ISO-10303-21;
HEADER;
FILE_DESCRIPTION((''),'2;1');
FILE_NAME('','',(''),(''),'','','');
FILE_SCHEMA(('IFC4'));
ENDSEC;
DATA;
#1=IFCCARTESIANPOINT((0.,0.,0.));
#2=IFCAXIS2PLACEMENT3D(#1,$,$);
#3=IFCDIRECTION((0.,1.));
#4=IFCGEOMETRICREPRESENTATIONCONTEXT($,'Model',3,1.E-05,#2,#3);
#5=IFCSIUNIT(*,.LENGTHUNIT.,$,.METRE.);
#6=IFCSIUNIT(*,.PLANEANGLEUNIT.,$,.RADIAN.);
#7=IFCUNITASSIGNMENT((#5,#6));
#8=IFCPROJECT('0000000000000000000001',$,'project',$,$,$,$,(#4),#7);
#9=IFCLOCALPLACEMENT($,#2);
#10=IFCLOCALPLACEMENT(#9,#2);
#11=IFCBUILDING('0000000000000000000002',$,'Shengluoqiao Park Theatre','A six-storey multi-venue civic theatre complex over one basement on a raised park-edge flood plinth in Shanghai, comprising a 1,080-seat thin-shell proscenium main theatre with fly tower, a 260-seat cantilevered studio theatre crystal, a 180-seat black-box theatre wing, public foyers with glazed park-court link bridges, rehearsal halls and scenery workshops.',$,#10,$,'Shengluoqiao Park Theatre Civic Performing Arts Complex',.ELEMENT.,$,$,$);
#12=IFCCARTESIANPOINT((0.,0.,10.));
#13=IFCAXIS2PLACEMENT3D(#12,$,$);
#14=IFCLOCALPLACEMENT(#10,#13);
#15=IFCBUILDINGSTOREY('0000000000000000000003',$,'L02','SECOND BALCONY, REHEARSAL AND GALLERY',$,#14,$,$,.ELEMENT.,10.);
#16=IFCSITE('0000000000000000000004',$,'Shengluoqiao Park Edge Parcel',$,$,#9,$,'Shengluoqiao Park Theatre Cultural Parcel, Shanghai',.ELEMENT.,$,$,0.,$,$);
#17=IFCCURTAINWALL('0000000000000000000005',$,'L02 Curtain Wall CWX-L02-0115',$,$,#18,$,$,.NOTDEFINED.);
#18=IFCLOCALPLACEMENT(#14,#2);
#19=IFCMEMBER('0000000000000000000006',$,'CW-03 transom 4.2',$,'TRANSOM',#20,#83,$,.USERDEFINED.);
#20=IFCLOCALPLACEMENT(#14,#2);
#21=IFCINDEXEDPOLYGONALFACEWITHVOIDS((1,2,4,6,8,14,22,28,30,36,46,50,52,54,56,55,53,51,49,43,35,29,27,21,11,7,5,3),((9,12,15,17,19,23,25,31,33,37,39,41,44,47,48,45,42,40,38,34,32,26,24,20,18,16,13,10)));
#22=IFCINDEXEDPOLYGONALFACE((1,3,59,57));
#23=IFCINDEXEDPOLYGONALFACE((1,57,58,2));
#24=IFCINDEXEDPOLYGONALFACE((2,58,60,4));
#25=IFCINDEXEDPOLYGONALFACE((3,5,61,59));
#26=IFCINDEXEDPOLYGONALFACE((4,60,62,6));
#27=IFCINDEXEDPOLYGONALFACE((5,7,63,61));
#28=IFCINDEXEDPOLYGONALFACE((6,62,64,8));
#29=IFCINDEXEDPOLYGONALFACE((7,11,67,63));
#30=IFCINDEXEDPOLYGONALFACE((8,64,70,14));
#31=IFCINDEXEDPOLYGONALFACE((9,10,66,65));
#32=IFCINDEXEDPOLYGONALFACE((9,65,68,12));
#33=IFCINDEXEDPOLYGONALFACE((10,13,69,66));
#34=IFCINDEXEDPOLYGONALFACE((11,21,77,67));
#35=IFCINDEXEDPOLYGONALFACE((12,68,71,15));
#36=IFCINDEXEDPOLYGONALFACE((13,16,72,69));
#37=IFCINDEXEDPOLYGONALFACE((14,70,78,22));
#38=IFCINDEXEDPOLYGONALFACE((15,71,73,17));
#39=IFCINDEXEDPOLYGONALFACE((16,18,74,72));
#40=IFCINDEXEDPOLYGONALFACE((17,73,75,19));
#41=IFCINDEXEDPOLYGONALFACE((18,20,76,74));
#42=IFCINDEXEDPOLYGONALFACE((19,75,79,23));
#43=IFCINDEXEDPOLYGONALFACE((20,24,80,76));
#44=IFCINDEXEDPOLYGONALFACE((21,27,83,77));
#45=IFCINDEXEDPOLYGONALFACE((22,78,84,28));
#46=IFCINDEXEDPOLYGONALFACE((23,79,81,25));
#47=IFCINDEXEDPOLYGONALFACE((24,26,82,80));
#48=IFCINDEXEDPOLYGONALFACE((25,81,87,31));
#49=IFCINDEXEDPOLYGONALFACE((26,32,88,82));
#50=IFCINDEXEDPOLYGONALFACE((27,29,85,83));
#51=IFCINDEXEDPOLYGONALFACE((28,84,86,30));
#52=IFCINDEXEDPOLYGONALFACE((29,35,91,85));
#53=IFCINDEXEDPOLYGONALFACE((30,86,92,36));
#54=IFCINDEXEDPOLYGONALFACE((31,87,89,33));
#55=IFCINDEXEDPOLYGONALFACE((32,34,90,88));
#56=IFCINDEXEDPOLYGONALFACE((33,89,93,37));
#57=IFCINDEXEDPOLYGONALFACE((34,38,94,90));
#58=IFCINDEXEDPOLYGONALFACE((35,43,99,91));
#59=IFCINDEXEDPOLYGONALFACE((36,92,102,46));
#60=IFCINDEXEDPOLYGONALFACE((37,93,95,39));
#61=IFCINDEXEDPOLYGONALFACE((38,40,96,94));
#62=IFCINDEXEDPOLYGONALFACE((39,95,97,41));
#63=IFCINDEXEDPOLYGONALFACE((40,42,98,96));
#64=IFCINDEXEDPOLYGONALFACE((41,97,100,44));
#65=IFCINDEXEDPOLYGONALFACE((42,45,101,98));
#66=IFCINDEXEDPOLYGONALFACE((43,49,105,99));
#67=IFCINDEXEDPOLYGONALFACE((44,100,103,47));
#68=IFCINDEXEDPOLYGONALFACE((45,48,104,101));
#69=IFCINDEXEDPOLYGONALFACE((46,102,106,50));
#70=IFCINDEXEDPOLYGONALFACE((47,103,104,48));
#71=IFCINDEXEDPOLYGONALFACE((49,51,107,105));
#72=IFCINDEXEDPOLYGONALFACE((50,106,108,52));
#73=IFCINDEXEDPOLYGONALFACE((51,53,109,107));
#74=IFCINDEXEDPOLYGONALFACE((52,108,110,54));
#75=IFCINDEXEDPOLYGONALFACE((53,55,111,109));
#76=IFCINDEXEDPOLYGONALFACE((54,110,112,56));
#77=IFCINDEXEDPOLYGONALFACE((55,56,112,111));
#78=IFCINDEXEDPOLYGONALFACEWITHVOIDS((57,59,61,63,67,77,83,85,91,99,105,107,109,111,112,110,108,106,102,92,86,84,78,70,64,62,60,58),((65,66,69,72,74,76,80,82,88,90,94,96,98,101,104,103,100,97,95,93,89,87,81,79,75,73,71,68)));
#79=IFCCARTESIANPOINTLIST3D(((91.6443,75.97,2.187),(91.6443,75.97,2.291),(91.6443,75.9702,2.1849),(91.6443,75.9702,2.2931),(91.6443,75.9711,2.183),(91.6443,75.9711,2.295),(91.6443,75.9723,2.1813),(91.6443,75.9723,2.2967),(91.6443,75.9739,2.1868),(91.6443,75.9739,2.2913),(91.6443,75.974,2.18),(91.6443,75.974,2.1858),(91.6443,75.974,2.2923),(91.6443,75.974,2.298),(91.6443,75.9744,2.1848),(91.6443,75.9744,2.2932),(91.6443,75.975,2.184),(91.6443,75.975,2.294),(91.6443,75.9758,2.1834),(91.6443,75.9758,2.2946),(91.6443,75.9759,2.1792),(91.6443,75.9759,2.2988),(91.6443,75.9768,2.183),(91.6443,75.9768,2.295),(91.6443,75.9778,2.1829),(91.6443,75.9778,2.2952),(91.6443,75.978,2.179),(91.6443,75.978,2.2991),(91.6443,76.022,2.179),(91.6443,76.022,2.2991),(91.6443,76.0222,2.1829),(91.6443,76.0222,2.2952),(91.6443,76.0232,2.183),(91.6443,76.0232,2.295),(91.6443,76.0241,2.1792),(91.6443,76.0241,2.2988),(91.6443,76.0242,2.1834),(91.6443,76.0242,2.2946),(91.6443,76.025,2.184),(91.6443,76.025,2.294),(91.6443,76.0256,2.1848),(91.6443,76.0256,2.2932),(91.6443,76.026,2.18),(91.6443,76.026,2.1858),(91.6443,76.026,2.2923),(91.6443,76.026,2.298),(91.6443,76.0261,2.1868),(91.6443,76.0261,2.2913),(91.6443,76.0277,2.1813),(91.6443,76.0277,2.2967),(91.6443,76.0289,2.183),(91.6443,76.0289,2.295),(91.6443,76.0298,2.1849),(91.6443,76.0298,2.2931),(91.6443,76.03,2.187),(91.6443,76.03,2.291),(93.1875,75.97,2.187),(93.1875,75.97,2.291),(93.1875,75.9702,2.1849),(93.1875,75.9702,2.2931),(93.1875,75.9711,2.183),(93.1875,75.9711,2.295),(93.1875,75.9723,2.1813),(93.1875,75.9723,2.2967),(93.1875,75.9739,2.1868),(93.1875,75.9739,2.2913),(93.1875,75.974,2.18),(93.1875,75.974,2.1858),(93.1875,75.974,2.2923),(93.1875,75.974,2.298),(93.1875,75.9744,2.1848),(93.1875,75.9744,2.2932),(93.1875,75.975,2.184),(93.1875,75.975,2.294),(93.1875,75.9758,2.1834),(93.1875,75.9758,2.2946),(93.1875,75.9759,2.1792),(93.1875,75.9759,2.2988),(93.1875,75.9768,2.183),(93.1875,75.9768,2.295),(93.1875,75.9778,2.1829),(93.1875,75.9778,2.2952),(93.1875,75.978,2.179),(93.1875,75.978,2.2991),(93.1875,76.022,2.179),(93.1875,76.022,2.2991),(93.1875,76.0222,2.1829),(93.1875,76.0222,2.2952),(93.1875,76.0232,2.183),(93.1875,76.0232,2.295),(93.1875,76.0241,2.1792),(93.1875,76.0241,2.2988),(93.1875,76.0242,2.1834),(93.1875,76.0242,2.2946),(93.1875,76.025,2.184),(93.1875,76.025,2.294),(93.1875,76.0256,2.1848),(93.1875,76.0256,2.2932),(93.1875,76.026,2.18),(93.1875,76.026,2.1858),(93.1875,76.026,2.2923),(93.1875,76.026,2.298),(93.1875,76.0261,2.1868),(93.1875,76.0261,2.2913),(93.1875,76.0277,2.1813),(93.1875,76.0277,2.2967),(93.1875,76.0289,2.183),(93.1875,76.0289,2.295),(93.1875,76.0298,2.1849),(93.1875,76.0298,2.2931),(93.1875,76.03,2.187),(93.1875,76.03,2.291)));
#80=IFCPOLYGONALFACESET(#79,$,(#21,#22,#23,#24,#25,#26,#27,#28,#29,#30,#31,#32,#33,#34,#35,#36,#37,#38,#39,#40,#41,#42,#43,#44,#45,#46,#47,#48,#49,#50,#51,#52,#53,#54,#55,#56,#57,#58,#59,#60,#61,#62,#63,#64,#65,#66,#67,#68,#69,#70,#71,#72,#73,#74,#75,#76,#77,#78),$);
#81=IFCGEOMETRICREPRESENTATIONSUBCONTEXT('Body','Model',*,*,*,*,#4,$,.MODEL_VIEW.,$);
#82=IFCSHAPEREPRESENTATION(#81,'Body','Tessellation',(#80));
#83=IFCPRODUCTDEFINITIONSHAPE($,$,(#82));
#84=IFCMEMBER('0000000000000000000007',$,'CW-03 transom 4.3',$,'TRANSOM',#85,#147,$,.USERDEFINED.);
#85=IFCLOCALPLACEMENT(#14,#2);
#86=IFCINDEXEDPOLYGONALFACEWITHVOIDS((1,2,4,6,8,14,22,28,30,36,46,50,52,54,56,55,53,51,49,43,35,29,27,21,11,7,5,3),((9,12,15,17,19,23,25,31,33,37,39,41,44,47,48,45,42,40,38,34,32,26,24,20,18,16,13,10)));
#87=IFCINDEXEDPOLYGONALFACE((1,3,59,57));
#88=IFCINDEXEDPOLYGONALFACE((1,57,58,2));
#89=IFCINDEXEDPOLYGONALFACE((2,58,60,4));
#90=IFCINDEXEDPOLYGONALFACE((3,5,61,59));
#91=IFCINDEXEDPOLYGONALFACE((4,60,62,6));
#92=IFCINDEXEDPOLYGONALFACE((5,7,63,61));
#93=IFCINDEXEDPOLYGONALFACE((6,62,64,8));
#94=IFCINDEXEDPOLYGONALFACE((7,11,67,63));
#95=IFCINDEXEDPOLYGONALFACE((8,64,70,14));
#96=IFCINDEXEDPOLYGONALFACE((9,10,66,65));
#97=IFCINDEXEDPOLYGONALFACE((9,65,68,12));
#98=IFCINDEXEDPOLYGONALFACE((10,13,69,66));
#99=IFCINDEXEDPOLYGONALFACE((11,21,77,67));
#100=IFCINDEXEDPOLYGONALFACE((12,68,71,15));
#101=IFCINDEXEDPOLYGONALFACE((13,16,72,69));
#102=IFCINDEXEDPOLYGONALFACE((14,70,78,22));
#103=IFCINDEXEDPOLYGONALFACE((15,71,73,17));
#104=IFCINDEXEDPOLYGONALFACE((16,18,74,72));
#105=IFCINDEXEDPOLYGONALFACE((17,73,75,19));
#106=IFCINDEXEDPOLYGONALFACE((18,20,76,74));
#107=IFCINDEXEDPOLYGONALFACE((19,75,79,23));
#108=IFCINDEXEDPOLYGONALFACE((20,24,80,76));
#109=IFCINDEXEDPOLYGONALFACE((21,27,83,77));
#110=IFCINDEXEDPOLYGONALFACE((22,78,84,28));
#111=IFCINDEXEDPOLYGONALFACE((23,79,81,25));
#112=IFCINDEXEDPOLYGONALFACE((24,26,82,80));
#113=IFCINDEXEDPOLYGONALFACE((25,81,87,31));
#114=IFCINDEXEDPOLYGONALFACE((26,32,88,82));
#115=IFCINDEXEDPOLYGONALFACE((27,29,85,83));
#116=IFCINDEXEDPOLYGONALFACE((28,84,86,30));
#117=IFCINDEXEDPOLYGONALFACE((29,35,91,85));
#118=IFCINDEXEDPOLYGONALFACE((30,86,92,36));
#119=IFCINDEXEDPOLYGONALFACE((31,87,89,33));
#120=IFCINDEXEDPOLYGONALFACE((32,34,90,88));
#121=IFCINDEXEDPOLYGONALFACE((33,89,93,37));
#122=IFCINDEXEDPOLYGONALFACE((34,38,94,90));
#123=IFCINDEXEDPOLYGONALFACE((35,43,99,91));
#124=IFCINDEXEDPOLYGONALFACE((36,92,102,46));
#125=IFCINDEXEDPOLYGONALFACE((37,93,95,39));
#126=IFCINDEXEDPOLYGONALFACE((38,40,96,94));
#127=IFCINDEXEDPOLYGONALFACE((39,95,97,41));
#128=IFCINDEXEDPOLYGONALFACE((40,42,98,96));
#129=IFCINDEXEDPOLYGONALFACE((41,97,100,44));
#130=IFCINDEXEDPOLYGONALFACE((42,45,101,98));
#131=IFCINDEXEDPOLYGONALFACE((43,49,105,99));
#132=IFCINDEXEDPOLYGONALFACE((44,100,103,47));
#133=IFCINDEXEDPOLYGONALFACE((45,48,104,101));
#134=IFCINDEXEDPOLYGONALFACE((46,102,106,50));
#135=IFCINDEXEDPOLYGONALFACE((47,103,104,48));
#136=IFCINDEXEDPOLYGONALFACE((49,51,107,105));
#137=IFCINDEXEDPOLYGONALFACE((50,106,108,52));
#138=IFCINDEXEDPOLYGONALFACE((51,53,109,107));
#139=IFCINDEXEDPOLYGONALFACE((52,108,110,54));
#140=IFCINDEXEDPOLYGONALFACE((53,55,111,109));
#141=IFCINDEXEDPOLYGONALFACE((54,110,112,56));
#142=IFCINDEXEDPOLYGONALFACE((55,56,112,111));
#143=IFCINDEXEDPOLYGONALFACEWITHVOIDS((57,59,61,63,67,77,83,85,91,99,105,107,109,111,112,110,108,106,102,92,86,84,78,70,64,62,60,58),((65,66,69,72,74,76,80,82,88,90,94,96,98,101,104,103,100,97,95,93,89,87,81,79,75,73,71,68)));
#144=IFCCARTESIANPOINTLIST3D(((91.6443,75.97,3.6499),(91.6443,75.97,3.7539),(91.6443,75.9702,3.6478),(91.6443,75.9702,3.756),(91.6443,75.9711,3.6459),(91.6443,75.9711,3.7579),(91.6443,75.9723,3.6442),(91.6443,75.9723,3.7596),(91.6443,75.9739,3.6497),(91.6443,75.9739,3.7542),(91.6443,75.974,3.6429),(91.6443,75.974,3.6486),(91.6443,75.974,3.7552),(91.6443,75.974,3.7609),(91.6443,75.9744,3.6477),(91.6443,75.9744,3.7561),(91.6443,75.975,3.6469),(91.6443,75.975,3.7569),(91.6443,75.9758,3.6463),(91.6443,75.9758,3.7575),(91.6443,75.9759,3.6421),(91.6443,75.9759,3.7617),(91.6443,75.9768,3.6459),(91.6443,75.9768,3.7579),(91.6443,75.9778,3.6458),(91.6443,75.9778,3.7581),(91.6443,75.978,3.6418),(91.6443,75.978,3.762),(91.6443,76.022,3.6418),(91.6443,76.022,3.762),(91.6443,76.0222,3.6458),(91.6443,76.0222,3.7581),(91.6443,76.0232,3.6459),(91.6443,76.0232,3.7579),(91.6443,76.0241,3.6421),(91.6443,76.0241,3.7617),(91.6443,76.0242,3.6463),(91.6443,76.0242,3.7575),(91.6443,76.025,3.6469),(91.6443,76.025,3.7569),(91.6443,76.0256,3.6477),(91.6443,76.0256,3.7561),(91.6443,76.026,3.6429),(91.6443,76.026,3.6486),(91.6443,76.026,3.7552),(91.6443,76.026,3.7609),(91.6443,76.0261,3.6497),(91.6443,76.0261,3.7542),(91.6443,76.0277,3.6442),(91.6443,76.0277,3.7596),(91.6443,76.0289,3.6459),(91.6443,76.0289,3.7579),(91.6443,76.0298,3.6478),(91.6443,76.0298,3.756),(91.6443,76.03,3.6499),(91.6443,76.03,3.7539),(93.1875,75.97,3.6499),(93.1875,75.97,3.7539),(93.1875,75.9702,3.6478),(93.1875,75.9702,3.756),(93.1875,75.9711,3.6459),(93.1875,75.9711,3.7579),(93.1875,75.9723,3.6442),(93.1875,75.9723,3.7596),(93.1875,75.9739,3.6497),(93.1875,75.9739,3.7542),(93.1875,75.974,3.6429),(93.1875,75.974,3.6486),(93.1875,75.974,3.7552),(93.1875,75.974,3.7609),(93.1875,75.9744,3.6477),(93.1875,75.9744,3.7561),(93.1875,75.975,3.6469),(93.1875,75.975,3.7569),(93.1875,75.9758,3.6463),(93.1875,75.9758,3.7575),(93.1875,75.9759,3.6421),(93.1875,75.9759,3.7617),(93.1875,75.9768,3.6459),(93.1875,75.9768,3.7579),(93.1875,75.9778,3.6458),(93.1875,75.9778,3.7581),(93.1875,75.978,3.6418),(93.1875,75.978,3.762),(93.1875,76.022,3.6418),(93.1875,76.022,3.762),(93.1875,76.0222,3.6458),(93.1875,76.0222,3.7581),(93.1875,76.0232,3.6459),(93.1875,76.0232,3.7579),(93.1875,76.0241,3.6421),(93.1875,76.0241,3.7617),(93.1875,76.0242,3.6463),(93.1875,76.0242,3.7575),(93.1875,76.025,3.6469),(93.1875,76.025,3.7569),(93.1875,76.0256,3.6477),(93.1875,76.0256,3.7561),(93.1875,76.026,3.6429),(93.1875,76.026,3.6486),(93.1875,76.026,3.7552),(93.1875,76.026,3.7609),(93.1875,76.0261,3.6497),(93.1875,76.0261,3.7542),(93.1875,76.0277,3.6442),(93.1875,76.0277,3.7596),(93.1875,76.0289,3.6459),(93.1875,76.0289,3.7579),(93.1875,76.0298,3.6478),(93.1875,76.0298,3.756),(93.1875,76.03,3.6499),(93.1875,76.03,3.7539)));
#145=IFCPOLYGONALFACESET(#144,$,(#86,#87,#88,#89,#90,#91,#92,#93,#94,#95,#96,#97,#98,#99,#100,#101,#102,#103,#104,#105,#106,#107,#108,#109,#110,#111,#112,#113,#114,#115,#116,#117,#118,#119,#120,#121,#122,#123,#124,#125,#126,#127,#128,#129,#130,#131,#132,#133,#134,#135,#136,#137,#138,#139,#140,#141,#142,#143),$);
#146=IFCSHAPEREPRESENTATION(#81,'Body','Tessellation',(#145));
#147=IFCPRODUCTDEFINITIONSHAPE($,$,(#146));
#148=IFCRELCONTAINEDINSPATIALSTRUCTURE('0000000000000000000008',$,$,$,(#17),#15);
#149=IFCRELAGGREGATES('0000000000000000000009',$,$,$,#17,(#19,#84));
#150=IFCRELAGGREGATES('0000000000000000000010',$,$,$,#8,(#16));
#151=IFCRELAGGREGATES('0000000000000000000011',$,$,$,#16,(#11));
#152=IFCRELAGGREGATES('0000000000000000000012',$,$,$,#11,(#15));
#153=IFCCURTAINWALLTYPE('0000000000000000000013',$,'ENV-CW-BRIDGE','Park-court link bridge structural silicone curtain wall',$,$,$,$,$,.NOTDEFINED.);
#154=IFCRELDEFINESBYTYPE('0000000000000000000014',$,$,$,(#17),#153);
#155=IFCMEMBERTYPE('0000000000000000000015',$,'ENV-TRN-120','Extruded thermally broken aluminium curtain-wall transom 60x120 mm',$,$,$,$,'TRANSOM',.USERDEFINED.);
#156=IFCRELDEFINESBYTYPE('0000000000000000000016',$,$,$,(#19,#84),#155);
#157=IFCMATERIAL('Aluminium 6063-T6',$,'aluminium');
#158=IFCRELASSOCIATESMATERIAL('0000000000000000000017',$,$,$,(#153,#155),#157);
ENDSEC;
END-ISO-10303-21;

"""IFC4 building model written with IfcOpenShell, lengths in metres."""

from ifc_helpers import new_model, si_unit, direction, frame, origin, origin_2d, place, context, subcontext, project, spatial, hollow_rectangle, extrude, material, material_profile, profile_set, type_object, element, aggregate, save


model = new_model("IFC4")

# Units and contexts
model_context = context("Model", 3, precision=1e-05, world=origin(), true_north=direction((0.0, 1.0)))
body_context = subcontext(model_context, "Body", "Model", "MODEL_VIEW")
ifc_project = project(units=[si_unit("LENGTHUNIT", "METRE"), si_unit("PLANEANGLEUNIT", "RADIAN")], contexts=[model_context])

# Site, building, storey
site_placement = place(None, origin())
site = spatial("IfcSite", under=ifc_project, at=site_placement, Name="Shengluoqiao Park Edge Parcel", LongName="Shengluoqiao Park Theatre Cultural Parcel, Shanghai", CompositionType="ELEMENT", RefElevation=0.0)
building_placement = place(site_placement, origin())
building = spatial("IfcBuilding", under=site, at=building_placement, Name="Shengluoqiao Park Theatre", Description="A six-storey multi-venue civic theatre complex over one basement on a raised park-edge flood plinth in Shanghai, comprising a 1,080-seat thin-shell proscenium main theatre with fly tower, a 260-seat cantilevered studio theatre crystal, a 180-seat black-box theatre wing, public foyers with glazed park-court link bridges, rehearsal halls and scenery workshops.", LongName="Shengluoqiao Park Theatre Civic Performing Arts Complex", CompositionType="ELEMENT")
storey_placement = place(building_placement, frame((0.0, 0.0, 10.0)))
storey = spatial("IfcBuildingStorey", under=building, at=storey_placement, Name="L02", Description="SECOND BALCONY, REHEARSAL AND GALLERY", CompositionType="ELEMENT", Elevation=10.0)

# Curtain wall
ifc_material_1 = material(Name="Aluminium 6063-T6", Category="aluminium")
curtain_wall_type = type_object("IfcCurtainWallType", Name="ENV-CW-BRIDGE", Description="Park-court link bridge structural silicone curtain wall", PredefinedType="NOTDEFINED", material=ifc_material_1)
curtain_wall_1_placement = place(storey_placement, origin())
curtain_wall_1 = element("IfcCurtainWall", 1, at=curtain_wall_1_placement, inside=storey, type_object=curtain_wall_type, Name="L02 Curtain Wall CWX-L02-0115", PredefinedType="NOTDEFINED")

# Members
ifc_material_profile_1 = material_profile(ifc_material_1, hollow_rectangle(XDim=0.0601, YDim=0.1201, WallThickness=0.0039, InnerFilletRadius=0.0039, OuterFilletRadius=0.0081, at=origin_2d()), Name="ALU TRANSOM 120x60x4")
ifc_profile_set_1 = profile_set([ifc_material_profile_1], Name="Aluminium 6063-T6")
member_type_1 = type_object("IfcMemberType", Name="ENV-TRN-120", Description="Extruded thermally broken aluminium curtain-wall transom 60x120 mm", ElementType="TRANSOM", PredefinedType="USERDEFINED", material=ifc_profile_set_1)
member_1_placement = place(storey_placement, frame((91.6443, 76.0, 2.239), z_axis=(1.0, 0.0, 0.0), x_axis=(0.0, 1.0, 0.0)))
member_1 = element("IfcMember", 2, at=member_1_placement, type_object=member_type_1, Name="CW-03 transom 4.2", ObjectType="TRANSOM", PredefinedType="USERDEFINED", context=body_context, shape_type="SweptSolid", body=[
    extrude(hollow_rectangle(XDim=0.0601, YDim=0.1201, WallThickness=0.0039, InnerFilletRadius=0.0039, OuterFilletRadius=0.0081, at=origin_2d()), origin(), (0.0, 0.0, 1.0), 1.5432),
])
member_2_placement = place(storey_placement, frame((91.6443, 76.0, 3.7019), z_axis=(1.0, 0.0, 0.0), x_axis=(0.0, 1.0, 0.0)))
member_2 = element("IfcMember", 3, at=member_2_placement, type_object=member_type_1, Name="CW-03 transom 4.3", ObjectType="TRANSOM", PredefinedType="USERDEFINED", context=body_context, shape_type="SweptSolid", body=[
    extrude(hollow_rectangle(XDim=0.0601, YDim=0.1201, WallThickness=0.0039, InnerFilletRadius=0.0039, OuterFilletRadius=0.0081, at=origin_2d()), origin(), (0.0, 0.0, 1.0), 1.5432),
])

aggregate(curtain_wall_1, [member_1, member_2])

save(model, "model.ifc")
